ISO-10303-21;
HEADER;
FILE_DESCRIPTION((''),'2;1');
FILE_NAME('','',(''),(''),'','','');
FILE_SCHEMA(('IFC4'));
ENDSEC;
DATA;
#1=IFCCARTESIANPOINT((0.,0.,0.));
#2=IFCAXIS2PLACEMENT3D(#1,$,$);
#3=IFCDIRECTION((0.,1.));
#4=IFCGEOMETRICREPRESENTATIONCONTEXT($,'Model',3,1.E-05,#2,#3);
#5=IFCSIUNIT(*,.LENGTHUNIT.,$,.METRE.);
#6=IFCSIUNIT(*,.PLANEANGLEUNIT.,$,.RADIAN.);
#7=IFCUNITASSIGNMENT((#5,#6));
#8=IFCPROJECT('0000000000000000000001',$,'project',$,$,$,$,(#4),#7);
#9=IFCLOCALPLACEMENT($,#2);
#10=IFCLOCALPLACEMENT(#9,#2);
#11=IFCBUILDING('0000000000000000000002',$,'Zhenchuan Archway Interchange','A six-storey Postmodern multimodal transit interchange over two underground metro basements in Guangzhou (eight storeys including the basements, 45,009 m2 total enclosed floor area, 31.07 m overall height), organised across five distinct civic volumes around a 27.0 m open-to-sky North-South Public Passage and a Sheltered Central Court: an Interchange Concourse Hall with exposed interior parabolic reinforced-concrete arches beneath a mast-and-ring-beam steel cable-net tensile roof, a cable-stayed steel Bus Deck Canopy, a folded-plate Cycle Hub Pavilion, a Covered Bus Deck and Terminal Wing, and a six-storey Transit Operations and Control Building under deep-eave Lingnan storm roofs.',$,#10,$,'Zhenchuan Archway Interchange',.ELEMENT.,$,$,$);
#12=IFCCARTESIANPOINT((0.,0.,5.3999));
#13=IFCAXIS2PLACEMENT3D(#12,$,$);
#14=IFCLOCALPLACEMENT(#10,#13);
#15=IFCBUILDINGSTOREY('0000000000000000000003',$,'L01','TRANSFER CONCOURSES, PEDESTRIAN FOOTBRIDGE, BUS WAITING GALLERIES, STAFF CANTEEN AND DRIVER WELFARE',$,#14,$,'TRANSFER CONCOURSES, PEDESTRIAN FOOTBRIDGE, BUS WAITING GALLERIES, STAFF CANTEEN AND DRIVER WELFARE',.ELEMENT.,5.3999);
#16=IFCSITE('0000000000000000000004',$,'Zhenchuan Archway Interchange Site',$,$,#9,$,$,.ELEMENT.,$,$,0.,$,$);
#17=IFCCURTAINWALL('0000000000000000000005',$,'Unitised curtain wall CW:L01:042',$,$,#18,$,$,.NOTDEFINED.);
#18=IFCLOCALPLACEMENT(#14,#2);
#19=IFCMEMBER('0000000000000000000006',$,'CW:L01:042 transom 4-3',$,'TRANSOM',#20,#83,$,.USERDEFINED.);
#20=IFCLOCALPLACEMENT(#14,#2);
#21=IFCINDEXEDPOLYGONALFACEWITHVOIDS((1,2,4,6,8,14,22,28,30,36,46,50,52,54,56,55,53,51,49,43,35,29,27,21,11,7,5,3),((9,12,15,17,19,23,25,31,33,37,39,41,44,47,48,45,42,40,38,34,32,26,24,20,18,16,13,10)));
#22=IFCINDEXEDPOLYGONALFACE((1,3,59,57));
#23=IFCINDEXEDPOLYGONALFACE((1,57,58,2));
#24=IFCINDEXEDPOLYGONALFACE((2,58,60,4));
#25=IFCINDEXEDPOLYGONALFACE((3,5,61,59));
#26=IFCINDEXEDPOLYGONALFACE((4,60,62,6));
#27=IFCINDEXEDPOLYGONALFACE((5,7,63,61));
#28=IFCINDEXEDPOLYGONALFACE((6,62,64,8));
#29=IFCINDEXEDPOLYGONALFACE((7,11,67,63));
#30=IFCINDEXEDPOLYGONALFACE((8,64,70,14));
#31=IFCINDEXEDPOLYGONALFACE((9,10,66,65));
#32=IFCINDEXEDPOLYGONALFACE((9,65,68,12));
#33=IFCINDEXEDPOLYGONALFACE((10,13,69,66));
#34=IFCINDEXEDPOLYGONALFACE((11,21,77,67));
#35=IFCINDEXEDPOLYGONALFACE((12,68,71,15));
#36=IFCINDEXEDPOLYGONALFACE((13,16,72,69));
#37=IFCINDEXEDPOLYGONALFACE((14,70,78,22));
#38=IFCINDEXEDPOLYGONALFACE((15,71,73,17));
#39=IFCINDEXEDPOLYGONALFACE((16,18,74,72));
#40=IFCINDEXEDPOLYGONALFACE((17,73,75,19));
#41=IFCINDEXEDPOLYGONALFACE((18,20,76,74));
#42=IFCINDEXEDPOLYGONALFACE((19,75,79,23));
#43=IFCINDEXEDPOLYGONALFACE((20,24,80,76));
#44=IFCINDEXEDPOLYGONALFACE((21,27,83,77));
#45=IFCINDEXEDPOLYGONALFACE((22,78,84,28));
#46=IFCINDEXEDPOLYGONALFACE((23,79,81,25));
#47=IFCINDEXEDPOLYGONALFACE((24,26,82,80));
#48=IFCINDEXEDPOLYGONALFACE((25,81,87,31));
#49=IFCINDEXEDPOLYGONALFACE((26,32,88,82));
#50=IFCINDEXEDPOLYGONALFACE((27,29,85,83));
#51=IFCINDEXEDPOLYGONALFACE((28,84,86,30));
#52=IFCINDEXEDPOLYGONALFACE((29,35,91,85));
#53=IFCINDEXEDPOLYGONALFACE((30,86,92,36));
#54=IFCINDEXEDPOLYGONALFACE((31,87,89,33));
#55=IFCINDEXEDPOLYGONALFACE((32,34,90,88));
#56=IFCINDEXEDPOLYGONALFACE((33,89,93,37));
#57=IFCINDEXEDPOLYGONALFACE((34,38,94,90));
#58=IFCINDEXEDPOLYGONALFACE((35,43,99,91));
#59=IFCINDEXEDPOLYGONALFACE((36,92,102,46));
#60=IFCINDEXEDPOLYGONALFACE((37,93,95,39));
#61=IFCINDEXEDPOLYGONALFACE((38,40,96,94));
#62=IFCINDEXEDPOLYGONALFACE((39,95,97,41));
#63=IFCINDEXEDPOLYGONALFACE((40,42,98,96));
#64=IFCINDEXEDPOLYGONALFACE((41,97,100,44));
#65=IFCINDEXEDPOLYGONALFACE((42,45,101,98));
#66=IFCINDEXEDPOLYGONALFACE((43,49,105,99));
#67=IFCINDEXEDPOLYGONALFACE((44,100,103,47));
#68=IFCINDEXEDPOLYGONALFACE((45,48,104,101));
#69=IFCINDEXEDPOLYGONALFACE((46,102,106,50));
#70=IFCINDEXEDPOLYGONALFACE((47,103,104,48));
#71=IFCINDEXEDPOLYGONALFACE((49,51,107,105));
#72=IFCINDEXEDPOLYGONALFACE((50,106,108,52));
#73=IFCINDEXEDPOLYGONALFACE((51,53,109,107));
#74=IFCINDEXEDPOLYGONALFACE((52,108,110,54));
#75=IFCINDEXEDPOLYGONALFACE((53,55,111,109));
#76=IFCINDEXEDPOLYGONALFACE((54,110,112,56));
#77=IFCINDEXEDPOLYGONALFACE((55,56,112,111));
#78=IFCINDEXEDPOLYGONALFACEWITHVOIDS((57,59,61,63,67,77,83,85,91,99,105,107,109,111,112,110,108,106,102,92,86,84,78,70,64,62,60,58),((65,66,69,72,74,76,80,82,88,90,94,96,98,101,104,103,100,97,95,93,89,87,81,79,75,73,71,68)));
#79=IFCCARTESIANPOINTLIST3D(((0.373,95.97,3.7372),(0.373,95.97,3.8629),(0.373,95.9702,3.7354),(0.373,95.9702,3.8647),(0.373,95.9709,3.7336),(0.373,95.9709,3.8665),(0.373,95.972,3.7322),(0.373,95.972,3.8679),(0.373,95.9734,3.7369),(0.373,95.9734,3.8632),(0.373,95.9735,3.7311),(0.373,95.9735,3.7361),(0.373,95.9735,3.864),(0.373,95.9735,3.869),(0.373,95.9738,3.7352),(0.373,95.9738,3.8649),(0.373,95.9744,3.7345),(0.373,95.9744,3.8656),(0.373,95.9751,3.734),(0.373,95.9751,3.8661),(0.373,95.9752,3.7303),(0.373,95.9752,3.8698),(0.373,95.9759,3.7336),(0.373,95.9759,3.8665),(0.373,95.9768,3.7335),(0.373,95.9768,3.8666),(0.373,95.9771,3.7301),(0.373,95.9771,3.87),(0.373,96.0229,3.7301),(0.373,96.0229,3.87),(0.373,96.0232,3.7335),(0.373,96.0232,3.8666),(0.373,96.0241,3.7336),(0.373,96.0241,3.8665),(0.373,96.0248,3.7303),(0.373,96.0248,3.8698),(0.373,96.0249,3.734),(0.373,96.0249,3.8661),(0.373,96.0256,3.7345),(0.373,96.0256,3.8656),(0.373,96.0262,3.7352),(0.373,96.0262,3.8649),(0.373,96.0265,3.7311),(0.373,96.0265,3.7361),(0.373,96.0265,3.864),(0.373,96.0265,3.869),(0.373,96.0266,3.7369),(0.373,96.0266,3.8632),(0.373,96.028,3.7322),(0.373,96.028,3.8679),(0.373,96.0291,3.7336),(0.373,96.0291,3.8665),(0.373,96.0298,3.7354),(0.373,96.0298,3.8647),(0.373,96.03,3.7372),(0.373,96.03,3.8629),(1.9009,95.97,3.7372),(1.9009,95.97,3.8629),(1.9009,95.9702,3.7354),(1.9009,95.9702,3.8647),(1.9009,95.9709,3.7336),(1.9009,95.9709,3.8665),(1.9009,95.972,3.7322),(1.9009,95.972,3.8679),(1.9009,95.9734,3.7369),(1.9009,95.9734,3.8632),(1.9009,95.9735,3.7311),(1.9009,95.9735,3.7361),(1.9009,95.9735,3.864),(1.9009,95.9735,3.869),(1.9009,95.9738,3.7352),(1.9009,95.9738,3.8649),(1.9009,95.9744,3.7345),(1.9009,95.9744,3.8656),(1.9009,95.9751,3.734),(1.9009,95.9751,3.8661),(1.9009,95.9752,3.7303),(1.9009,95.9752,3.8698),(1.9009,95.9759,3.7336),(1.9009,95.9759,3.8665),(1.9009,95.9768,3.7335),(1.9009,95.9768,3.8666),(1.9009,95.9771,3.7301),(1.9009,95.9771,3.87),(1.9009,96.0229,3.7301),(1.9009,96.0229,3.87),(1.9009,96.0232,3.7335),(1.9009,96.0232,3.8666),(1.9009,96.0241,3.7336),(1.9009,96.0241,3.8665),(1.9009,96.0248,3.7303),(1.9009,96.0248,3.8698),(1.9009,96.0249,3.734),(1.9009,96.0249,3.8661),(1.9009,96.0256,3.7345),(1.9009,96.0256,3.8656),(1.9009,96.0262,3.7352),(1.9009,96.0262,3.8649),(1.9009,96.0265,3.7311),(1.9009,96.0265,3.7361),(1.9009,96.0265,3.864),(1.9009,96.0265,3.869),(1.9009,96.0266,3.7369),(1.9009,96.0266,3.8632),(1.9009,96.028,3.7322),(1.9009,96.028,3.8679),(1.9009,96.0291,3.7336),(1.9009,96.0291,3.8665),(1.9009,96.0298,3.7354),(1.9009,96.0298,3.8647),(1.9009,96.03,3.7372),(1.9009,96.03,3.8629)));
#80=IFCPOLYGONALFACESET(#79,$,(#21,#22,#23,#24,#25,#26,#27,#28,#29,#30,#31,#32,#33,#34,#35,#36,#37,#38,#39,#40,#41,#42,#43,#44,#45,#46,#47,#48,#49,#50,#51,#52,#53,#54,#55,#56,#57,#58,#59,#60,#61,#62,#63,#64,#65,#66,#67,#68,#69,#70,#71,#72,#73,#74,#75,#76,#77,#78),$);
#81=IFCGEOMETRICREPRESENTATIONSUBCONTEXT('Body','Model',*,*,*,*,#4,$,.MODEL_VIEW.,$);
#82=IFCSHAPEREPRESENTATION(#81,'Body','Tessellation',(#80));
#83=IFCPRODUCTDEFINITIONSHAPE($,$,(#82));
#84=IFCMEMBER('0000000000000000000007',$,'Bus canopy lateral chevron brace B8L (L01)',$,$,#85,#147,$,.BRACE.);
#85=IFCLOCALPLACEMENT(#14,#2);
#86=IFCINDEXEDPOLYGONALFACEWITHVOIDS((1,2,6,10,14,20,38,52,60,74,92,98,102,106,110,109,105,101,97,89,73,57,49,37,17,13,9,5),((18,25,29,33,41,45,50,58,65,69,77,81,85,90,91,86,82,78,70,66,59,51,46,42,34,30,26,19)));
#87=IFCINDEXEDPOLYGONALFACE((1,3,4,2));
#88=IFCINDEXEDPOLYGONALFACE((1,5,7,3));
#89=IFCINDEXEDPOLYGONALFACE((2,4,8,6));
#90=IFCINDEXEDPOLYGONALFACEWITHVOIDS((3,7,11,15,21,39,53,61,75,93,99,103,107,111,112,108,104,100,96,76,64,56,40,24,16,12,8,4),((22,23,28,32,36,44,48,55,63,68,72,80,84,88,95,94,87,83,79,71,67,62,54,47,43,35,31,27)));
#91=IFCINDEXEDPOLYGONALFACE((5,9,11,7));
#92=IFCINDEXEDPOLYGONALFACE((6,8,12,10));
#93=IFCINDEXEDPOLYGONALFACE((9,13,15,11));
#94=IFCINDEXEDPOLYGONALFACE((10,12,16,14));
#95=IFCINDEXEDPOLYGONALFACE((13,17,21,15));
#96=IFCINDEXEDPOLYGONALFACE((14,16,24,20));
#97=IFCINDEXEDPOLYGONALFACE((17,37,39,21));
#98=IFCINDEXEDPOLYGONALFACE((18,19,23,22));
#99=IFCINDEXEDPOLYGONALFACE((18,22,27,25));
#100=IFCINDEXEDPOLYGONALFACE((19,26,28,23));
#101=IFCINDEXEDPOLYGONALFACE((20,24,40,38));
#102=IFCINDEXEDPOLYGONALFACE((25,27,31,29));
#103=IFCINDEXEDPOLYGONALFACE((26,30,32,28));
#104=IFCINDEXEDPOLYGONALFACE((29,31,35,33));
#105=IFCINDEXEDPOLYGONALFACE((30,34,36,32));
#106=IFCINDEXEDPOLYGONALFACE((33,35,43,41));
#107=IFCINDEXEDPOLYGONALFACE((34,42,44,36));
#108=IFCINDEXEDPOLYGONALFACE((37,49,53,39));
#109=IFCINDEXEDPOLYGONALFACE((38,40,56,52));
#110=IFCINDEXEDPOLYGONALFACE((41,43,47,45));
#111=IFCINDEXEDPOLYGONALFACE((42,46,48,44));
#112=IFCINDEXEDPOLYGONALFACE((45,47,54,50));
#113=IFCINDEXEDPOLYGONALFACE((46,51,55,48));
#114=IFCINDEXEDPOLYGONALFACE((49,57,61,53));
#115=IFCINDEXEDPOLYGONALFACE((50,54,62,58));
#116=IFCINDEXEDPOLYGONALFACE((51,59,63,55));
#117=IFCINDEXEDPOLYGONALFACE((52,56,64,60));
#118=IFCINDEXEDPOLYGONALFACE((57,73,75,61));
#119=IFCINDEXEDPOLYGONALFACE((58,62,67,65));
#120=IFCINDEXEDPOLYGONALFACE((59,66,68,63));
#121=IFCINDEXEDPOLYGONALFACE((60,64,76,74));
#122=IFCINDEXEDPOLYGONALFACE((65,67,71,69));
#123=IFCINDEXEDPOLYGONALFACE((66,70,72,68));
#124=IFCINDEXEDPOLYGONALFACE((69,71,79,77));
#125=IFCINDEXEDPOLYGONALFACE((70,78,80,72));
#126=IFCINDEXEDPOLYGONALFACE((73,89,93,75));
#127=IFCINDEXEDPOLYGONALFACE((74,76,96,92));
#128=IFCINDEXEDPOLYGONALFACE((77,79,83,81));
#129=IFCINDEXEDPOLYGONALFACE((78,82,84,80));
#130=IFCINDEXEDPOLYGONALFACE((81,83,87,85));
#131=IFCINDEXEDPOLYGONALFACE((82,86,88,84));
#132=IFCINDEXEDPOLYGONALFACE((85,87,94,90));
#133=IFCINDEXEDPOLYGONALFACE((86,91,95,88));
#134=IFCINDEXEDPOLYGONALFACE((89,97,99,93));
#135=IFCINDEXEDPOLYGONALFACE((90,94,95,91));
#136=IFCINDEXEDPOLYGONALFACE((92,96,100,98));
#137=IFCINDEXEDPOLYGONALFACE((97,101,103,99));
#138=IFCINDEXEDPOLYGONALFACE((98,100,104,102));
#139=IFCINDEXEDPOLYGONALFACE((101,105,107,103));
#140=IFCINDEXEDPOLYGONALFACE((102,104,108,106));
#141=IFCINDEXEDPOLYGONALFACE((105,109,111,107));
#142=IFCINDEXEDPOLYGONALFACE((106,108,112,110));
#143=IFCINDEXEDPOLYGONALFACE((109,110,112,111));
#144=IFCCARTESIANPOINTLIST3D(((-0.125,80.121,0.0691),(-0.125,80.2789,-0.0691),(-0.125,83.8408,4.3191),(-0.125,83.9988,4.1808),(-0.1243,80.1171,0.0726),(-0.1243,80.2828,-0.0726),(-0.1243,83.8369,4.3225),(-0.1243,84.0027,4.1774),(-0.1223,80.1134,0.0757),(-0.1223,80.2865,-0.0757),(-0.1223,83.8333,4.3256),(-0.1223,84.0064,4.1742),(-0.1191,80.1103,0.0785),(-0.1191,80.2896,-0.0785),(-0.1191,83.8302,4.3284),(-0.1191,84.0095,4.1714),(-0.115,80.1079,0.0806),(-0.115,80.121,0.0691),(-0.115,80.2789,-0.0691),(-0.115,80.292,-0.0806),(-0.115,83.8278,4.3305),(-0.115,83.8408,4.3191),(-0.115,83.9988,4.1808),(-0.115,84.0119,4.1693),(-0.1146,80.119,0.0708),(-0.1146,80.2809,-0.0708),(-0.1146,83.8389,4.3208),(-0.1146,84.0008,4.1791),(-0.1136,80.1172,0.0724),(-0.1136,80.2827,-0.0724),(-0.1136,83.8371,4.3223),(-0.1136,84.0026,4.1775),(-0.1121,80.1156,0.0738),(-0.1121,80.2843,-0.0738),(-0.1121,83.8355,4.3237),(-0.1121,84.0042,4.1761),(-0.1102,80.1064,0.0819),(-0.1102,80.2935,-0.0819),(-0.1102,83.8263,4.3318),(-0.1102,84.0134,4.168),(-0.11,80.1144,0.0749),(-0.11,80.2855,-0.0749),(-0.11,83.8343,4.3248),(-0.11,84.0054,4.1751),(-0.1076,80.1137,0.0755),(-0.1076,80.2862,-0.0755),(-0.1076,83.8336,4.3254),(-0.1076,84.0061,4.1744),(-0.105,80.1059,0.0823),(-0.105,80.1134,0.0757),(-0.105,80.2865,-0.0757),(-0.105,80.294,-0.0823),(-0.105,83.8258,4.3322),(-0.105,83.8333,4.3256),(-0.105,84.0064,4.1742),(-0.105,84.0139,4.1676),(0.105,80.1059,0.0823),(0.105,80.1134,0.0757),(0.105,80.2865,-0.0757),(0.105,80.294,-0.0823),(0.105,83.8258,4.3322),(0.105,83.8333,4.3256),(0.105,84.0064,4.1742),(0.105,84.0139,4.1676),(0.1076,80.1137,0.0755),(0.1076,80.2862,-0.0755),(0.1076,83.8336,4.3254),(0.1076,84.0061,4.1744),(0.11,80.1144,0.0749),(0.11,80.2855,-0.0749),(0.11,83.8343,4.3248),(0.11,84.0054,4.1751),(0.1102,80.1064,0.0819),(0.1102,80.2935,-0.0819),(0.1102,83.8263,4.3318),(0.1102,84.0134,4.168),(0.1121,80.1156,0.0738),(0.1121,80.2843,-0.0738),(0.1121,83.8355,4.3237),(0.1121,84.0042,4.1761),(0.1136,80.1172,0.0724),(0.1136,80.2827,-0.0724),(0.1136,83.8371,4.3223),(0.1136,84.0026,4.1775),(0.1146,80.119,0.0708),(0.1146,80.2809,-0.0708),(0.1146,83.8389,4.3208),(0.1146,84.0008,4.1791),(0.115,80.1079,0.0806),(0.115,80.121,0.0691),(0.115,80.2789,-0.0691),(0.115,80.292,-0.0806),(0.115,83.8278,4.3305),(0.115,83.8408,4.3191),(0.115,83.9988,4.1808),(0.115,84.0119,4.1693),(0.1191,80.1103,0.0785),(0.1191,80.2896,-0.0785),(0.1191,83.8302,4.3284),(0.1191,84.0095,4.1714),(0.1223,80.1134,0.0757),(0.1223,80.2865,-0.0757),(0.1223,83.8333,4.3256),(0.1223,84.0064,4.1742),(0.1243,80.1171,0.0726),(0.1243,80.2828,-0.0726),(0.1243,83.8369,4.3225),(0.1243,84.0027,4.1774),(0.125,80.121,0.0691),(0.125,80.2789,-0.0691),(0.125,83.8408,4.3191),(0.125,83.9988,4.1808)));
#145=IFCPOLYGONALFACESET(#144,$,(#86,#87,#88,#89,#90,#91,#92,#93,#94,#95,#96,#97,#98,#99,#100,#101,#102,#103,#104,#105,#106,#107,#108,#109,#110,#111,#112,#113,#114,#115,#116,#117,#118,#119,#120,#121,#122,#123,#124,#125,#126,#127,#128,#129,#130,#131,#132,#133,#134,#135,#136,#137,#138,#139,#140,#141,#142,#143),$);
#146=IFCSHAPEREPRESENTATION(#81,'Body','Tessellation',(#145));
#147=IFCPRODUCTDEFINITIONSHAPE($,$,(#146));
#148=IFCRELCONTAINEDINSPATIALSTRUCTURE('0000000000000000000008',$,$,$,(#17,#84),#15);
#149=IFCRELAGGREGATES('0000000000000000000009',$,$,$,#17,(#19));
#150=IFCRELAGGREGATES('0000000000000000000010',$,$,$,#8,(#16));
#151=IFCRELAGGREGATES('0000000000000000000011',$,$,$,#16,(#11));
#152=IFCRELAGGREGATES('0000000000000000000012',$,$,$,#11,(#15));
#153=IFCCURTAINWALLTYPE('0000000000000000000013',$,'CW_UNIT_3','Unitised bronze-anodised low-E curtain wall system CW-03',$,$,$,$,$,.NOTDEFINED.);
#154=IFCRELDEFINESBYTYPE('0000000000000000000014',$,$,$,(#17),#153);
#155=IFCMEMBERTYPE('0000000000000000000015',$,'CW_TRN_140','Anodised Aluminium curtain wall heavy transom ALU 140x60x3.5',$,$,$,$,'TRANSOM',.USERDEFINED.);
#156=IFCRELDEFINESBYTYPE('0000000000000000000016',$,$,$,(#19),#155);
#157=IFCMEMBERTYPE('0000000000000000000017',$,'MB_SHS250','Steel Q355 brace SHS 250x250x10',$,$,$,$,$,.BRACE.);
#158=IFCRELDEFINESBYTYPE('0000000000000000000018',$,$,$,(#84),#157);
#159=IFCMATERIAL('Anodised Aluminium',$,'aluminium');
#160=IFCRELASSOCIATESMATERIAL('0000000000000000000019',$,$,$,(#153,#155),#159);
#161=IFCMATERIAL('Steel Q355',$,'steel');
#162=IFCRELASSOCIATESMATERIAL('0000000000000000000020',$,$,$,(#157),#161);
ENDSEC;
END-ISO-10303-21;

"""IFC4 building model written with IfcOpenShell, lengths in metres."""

from ifc_helpers import new_model, si_unit, direction, frame, origin, origin_2d, place, context, subcontext, project, spatial, hollow_rectangle, extrude, material, material_profile, profile_set, type_object, element, aggregate, save


model = new_model("IFC4")

# Units and contexts
model_context = context("Model", 3, precision=1e-05, world=origin(), true_north=direction((0.0, 1.0)))
body_context = subcontext(model_context, "Body", "Model", "MODEL_VIEW")
ifc_project = project(units=[si_unit("LENGTHUNIT", "METRE"), si_unit("PLANEANGLEUNIT", "RADIAN")], contexts=[model_context])

# Site, building, storey
site_placement = place(None, origin())
site = spatial("IfcSite", under=ifc_project, at=site_placement, Name="Zhenchuan Archway Interchange Site", CompositionType="ELEMENT", RefElevation=0.0)
building_placement = place(site_placement, origin())
building = spatial("IfcBuilding", under=site, at=building_placement, Name="Zhenchuan Archway Interchange", Description="A six-storey Postmodern multimodal transit interchange over two underground metro basements in Guangzhou (eight storeys including the basements, 45,009 m2 total enclosed floor area, 31.07 m overall height), organised across five distinct civic volumes around a 27.0 m open-to-sky North-South Public Passage and a Sheltered Central Court: an Interchange Concourse Hall with exposed interior parabolic reinforced-concrete arches beneath a mast-and-ring-beam steel cable-net tensile roof, a cable-stayed steel Bus Deck Canopy, a folded-plate Cycle Hub Pavilion, a Covered Bus Deck and Terminal Wing, and a six-storey Transit Operations and Control Building under deep-eave Lingnan storm roofs.", LongName="Zhenchuan Archway Interchange", CompositionType="ELEMENT")
storey_placement = place(building_placement, frame((0.0, 0.0, 5.3999)))
storey = spatial("IfcBuildingStorey", under=building, at=storey_placement, Name="L01", Description="TRANSFER CONCOURSES, PEDESTRIAN FOOTBRIDGE, BUS WAITING GALLERIES, STAFF CANTEEN AND DRIVER WELFARE", LongName="TRANSFER CONCOURSES, PEDESTRIAN FOOTBRIDGE, BUS WAITING GALLERIES, STAFF CANTEEN AND DRIVER WELFARE", CompositionType="ELEMENT", Elevation=5.3999)

# Curtain wall, member
ifc_material_1 = material(Name="Anodised Aluminium", Category="aluminium")
curtain_wall_type = type_object("IfcCurtainWallType", Name="CW_UNIT_3", Description="Unitised bronze-anodised low-E curtain wall system CW-03", PredefinedType="NOTDEFINED", material=ifc_material_1)
curtain_wall_placement = place(storey_placement, origin())
curtain_wall = element("IfcCurtainWall", 1, at=curtain_wall_placement, inside=storey, type_object=curtain_wall_type, Name="Unitised curtain wall CW:L01:042", PredefinedType="NOTDEFINED")
ifc_material_profile_1 = material_profile(ifc_material_1, hollow_rectangle(XDim=0.0601, YDim=0.1399, WallThickness=0.0034, InnerFilletRadius=0.0034, OuterFilletRadius=0.0071, at=origin_2d()), Name="ALU 140x60x3.5")
ifc_profile_set_1 = profile_set([ifc_material_profile_1], Name="Anodised Aluminium")
member_type_1 = type_object("IfcMemberType", Name="CW_TRN_140", Description="Anodised Aluminium curtain wall heavy transom ALU 140x60x3.5", ElementType="TRANSOM", PredefinedType="USERDEFINED", material=ifc_profile_set_1)
member_1_placement = place(storey_placement, frame((1.9009, 96.0, 3.8), z_axis=(-1.0, 0.0, 0.0), x_axis=(0.0, -1.0, 0.0)))
member_1 = element("IfcMember", 2, at=member_1_placement, type_object=member_type_1, Name="CW:L01:042 transom 4-3", ObjectType="TRANSOM", PredefinedType="USERDEFINED", context=body_context, shape_type="SweptSolid", body=[
    extrude(hollow_rectangle(XDim=0.0601, YDim=0.1399, WallThickness=0.0034, InnerFilletRadius=0.0034, OuterFilletRadius=0.0071, at=origin_2d()), origin(), (0.0, 0.0, 1.0), 1.5278),
])

# Member
ifc_material_2 = material(Name="Steel Q355", Category="steel")
ifc_material_profile_2 = material_profile(ifc_material_2, hollow_rectangle(XDim=0.25, YDim=0.25, WallThickness=0.01, InnerFilletRadius=0.01, OuterFilletRadius=0.02, at=origin_2d()), Name="SHS 250x250x10")
ifc_profile_set_2 = profile_set([ifc_material_profile_2], Name="Steel Q355")
member_type_2 = type_object("IfcMemberType", Name="MB_SHS250", Description="Steel Q355 brace SHS 250x250x10", PredefinedType="BRACE", material=ifc_profile_set_2)
for number, where, z_axis, x_axis, name in (
    (3, (0.0, 80.2, 0.0), (0.0, 0.658627, 0.75247), (-1.0, 0.0, 0.0), "Bus canopy lateral chevron brace B8L (L01)"),
):
    element("IfcMember", number, at=place(storey_placement, frame(where, z_axis=z_axis, x_axis=x_axis)), inside=storey, type_object=member_type_2, Name=name, PredefinedType="BRACE", context=body_context, shape_type="SweptSolid", body=[
        extrude(hollow_rectangle(XDim=0.25, YDim=0.25, WallThickness=0.01, InnerFilletRadius=0.01, OuterFilletRadius=0.02, at=origin_2d()), origin(), (0.0, 0.0, 1.0), 5.6479),
    ])

aggregate(curtain_wall, [member_1])

save(model, "model.ifc")
